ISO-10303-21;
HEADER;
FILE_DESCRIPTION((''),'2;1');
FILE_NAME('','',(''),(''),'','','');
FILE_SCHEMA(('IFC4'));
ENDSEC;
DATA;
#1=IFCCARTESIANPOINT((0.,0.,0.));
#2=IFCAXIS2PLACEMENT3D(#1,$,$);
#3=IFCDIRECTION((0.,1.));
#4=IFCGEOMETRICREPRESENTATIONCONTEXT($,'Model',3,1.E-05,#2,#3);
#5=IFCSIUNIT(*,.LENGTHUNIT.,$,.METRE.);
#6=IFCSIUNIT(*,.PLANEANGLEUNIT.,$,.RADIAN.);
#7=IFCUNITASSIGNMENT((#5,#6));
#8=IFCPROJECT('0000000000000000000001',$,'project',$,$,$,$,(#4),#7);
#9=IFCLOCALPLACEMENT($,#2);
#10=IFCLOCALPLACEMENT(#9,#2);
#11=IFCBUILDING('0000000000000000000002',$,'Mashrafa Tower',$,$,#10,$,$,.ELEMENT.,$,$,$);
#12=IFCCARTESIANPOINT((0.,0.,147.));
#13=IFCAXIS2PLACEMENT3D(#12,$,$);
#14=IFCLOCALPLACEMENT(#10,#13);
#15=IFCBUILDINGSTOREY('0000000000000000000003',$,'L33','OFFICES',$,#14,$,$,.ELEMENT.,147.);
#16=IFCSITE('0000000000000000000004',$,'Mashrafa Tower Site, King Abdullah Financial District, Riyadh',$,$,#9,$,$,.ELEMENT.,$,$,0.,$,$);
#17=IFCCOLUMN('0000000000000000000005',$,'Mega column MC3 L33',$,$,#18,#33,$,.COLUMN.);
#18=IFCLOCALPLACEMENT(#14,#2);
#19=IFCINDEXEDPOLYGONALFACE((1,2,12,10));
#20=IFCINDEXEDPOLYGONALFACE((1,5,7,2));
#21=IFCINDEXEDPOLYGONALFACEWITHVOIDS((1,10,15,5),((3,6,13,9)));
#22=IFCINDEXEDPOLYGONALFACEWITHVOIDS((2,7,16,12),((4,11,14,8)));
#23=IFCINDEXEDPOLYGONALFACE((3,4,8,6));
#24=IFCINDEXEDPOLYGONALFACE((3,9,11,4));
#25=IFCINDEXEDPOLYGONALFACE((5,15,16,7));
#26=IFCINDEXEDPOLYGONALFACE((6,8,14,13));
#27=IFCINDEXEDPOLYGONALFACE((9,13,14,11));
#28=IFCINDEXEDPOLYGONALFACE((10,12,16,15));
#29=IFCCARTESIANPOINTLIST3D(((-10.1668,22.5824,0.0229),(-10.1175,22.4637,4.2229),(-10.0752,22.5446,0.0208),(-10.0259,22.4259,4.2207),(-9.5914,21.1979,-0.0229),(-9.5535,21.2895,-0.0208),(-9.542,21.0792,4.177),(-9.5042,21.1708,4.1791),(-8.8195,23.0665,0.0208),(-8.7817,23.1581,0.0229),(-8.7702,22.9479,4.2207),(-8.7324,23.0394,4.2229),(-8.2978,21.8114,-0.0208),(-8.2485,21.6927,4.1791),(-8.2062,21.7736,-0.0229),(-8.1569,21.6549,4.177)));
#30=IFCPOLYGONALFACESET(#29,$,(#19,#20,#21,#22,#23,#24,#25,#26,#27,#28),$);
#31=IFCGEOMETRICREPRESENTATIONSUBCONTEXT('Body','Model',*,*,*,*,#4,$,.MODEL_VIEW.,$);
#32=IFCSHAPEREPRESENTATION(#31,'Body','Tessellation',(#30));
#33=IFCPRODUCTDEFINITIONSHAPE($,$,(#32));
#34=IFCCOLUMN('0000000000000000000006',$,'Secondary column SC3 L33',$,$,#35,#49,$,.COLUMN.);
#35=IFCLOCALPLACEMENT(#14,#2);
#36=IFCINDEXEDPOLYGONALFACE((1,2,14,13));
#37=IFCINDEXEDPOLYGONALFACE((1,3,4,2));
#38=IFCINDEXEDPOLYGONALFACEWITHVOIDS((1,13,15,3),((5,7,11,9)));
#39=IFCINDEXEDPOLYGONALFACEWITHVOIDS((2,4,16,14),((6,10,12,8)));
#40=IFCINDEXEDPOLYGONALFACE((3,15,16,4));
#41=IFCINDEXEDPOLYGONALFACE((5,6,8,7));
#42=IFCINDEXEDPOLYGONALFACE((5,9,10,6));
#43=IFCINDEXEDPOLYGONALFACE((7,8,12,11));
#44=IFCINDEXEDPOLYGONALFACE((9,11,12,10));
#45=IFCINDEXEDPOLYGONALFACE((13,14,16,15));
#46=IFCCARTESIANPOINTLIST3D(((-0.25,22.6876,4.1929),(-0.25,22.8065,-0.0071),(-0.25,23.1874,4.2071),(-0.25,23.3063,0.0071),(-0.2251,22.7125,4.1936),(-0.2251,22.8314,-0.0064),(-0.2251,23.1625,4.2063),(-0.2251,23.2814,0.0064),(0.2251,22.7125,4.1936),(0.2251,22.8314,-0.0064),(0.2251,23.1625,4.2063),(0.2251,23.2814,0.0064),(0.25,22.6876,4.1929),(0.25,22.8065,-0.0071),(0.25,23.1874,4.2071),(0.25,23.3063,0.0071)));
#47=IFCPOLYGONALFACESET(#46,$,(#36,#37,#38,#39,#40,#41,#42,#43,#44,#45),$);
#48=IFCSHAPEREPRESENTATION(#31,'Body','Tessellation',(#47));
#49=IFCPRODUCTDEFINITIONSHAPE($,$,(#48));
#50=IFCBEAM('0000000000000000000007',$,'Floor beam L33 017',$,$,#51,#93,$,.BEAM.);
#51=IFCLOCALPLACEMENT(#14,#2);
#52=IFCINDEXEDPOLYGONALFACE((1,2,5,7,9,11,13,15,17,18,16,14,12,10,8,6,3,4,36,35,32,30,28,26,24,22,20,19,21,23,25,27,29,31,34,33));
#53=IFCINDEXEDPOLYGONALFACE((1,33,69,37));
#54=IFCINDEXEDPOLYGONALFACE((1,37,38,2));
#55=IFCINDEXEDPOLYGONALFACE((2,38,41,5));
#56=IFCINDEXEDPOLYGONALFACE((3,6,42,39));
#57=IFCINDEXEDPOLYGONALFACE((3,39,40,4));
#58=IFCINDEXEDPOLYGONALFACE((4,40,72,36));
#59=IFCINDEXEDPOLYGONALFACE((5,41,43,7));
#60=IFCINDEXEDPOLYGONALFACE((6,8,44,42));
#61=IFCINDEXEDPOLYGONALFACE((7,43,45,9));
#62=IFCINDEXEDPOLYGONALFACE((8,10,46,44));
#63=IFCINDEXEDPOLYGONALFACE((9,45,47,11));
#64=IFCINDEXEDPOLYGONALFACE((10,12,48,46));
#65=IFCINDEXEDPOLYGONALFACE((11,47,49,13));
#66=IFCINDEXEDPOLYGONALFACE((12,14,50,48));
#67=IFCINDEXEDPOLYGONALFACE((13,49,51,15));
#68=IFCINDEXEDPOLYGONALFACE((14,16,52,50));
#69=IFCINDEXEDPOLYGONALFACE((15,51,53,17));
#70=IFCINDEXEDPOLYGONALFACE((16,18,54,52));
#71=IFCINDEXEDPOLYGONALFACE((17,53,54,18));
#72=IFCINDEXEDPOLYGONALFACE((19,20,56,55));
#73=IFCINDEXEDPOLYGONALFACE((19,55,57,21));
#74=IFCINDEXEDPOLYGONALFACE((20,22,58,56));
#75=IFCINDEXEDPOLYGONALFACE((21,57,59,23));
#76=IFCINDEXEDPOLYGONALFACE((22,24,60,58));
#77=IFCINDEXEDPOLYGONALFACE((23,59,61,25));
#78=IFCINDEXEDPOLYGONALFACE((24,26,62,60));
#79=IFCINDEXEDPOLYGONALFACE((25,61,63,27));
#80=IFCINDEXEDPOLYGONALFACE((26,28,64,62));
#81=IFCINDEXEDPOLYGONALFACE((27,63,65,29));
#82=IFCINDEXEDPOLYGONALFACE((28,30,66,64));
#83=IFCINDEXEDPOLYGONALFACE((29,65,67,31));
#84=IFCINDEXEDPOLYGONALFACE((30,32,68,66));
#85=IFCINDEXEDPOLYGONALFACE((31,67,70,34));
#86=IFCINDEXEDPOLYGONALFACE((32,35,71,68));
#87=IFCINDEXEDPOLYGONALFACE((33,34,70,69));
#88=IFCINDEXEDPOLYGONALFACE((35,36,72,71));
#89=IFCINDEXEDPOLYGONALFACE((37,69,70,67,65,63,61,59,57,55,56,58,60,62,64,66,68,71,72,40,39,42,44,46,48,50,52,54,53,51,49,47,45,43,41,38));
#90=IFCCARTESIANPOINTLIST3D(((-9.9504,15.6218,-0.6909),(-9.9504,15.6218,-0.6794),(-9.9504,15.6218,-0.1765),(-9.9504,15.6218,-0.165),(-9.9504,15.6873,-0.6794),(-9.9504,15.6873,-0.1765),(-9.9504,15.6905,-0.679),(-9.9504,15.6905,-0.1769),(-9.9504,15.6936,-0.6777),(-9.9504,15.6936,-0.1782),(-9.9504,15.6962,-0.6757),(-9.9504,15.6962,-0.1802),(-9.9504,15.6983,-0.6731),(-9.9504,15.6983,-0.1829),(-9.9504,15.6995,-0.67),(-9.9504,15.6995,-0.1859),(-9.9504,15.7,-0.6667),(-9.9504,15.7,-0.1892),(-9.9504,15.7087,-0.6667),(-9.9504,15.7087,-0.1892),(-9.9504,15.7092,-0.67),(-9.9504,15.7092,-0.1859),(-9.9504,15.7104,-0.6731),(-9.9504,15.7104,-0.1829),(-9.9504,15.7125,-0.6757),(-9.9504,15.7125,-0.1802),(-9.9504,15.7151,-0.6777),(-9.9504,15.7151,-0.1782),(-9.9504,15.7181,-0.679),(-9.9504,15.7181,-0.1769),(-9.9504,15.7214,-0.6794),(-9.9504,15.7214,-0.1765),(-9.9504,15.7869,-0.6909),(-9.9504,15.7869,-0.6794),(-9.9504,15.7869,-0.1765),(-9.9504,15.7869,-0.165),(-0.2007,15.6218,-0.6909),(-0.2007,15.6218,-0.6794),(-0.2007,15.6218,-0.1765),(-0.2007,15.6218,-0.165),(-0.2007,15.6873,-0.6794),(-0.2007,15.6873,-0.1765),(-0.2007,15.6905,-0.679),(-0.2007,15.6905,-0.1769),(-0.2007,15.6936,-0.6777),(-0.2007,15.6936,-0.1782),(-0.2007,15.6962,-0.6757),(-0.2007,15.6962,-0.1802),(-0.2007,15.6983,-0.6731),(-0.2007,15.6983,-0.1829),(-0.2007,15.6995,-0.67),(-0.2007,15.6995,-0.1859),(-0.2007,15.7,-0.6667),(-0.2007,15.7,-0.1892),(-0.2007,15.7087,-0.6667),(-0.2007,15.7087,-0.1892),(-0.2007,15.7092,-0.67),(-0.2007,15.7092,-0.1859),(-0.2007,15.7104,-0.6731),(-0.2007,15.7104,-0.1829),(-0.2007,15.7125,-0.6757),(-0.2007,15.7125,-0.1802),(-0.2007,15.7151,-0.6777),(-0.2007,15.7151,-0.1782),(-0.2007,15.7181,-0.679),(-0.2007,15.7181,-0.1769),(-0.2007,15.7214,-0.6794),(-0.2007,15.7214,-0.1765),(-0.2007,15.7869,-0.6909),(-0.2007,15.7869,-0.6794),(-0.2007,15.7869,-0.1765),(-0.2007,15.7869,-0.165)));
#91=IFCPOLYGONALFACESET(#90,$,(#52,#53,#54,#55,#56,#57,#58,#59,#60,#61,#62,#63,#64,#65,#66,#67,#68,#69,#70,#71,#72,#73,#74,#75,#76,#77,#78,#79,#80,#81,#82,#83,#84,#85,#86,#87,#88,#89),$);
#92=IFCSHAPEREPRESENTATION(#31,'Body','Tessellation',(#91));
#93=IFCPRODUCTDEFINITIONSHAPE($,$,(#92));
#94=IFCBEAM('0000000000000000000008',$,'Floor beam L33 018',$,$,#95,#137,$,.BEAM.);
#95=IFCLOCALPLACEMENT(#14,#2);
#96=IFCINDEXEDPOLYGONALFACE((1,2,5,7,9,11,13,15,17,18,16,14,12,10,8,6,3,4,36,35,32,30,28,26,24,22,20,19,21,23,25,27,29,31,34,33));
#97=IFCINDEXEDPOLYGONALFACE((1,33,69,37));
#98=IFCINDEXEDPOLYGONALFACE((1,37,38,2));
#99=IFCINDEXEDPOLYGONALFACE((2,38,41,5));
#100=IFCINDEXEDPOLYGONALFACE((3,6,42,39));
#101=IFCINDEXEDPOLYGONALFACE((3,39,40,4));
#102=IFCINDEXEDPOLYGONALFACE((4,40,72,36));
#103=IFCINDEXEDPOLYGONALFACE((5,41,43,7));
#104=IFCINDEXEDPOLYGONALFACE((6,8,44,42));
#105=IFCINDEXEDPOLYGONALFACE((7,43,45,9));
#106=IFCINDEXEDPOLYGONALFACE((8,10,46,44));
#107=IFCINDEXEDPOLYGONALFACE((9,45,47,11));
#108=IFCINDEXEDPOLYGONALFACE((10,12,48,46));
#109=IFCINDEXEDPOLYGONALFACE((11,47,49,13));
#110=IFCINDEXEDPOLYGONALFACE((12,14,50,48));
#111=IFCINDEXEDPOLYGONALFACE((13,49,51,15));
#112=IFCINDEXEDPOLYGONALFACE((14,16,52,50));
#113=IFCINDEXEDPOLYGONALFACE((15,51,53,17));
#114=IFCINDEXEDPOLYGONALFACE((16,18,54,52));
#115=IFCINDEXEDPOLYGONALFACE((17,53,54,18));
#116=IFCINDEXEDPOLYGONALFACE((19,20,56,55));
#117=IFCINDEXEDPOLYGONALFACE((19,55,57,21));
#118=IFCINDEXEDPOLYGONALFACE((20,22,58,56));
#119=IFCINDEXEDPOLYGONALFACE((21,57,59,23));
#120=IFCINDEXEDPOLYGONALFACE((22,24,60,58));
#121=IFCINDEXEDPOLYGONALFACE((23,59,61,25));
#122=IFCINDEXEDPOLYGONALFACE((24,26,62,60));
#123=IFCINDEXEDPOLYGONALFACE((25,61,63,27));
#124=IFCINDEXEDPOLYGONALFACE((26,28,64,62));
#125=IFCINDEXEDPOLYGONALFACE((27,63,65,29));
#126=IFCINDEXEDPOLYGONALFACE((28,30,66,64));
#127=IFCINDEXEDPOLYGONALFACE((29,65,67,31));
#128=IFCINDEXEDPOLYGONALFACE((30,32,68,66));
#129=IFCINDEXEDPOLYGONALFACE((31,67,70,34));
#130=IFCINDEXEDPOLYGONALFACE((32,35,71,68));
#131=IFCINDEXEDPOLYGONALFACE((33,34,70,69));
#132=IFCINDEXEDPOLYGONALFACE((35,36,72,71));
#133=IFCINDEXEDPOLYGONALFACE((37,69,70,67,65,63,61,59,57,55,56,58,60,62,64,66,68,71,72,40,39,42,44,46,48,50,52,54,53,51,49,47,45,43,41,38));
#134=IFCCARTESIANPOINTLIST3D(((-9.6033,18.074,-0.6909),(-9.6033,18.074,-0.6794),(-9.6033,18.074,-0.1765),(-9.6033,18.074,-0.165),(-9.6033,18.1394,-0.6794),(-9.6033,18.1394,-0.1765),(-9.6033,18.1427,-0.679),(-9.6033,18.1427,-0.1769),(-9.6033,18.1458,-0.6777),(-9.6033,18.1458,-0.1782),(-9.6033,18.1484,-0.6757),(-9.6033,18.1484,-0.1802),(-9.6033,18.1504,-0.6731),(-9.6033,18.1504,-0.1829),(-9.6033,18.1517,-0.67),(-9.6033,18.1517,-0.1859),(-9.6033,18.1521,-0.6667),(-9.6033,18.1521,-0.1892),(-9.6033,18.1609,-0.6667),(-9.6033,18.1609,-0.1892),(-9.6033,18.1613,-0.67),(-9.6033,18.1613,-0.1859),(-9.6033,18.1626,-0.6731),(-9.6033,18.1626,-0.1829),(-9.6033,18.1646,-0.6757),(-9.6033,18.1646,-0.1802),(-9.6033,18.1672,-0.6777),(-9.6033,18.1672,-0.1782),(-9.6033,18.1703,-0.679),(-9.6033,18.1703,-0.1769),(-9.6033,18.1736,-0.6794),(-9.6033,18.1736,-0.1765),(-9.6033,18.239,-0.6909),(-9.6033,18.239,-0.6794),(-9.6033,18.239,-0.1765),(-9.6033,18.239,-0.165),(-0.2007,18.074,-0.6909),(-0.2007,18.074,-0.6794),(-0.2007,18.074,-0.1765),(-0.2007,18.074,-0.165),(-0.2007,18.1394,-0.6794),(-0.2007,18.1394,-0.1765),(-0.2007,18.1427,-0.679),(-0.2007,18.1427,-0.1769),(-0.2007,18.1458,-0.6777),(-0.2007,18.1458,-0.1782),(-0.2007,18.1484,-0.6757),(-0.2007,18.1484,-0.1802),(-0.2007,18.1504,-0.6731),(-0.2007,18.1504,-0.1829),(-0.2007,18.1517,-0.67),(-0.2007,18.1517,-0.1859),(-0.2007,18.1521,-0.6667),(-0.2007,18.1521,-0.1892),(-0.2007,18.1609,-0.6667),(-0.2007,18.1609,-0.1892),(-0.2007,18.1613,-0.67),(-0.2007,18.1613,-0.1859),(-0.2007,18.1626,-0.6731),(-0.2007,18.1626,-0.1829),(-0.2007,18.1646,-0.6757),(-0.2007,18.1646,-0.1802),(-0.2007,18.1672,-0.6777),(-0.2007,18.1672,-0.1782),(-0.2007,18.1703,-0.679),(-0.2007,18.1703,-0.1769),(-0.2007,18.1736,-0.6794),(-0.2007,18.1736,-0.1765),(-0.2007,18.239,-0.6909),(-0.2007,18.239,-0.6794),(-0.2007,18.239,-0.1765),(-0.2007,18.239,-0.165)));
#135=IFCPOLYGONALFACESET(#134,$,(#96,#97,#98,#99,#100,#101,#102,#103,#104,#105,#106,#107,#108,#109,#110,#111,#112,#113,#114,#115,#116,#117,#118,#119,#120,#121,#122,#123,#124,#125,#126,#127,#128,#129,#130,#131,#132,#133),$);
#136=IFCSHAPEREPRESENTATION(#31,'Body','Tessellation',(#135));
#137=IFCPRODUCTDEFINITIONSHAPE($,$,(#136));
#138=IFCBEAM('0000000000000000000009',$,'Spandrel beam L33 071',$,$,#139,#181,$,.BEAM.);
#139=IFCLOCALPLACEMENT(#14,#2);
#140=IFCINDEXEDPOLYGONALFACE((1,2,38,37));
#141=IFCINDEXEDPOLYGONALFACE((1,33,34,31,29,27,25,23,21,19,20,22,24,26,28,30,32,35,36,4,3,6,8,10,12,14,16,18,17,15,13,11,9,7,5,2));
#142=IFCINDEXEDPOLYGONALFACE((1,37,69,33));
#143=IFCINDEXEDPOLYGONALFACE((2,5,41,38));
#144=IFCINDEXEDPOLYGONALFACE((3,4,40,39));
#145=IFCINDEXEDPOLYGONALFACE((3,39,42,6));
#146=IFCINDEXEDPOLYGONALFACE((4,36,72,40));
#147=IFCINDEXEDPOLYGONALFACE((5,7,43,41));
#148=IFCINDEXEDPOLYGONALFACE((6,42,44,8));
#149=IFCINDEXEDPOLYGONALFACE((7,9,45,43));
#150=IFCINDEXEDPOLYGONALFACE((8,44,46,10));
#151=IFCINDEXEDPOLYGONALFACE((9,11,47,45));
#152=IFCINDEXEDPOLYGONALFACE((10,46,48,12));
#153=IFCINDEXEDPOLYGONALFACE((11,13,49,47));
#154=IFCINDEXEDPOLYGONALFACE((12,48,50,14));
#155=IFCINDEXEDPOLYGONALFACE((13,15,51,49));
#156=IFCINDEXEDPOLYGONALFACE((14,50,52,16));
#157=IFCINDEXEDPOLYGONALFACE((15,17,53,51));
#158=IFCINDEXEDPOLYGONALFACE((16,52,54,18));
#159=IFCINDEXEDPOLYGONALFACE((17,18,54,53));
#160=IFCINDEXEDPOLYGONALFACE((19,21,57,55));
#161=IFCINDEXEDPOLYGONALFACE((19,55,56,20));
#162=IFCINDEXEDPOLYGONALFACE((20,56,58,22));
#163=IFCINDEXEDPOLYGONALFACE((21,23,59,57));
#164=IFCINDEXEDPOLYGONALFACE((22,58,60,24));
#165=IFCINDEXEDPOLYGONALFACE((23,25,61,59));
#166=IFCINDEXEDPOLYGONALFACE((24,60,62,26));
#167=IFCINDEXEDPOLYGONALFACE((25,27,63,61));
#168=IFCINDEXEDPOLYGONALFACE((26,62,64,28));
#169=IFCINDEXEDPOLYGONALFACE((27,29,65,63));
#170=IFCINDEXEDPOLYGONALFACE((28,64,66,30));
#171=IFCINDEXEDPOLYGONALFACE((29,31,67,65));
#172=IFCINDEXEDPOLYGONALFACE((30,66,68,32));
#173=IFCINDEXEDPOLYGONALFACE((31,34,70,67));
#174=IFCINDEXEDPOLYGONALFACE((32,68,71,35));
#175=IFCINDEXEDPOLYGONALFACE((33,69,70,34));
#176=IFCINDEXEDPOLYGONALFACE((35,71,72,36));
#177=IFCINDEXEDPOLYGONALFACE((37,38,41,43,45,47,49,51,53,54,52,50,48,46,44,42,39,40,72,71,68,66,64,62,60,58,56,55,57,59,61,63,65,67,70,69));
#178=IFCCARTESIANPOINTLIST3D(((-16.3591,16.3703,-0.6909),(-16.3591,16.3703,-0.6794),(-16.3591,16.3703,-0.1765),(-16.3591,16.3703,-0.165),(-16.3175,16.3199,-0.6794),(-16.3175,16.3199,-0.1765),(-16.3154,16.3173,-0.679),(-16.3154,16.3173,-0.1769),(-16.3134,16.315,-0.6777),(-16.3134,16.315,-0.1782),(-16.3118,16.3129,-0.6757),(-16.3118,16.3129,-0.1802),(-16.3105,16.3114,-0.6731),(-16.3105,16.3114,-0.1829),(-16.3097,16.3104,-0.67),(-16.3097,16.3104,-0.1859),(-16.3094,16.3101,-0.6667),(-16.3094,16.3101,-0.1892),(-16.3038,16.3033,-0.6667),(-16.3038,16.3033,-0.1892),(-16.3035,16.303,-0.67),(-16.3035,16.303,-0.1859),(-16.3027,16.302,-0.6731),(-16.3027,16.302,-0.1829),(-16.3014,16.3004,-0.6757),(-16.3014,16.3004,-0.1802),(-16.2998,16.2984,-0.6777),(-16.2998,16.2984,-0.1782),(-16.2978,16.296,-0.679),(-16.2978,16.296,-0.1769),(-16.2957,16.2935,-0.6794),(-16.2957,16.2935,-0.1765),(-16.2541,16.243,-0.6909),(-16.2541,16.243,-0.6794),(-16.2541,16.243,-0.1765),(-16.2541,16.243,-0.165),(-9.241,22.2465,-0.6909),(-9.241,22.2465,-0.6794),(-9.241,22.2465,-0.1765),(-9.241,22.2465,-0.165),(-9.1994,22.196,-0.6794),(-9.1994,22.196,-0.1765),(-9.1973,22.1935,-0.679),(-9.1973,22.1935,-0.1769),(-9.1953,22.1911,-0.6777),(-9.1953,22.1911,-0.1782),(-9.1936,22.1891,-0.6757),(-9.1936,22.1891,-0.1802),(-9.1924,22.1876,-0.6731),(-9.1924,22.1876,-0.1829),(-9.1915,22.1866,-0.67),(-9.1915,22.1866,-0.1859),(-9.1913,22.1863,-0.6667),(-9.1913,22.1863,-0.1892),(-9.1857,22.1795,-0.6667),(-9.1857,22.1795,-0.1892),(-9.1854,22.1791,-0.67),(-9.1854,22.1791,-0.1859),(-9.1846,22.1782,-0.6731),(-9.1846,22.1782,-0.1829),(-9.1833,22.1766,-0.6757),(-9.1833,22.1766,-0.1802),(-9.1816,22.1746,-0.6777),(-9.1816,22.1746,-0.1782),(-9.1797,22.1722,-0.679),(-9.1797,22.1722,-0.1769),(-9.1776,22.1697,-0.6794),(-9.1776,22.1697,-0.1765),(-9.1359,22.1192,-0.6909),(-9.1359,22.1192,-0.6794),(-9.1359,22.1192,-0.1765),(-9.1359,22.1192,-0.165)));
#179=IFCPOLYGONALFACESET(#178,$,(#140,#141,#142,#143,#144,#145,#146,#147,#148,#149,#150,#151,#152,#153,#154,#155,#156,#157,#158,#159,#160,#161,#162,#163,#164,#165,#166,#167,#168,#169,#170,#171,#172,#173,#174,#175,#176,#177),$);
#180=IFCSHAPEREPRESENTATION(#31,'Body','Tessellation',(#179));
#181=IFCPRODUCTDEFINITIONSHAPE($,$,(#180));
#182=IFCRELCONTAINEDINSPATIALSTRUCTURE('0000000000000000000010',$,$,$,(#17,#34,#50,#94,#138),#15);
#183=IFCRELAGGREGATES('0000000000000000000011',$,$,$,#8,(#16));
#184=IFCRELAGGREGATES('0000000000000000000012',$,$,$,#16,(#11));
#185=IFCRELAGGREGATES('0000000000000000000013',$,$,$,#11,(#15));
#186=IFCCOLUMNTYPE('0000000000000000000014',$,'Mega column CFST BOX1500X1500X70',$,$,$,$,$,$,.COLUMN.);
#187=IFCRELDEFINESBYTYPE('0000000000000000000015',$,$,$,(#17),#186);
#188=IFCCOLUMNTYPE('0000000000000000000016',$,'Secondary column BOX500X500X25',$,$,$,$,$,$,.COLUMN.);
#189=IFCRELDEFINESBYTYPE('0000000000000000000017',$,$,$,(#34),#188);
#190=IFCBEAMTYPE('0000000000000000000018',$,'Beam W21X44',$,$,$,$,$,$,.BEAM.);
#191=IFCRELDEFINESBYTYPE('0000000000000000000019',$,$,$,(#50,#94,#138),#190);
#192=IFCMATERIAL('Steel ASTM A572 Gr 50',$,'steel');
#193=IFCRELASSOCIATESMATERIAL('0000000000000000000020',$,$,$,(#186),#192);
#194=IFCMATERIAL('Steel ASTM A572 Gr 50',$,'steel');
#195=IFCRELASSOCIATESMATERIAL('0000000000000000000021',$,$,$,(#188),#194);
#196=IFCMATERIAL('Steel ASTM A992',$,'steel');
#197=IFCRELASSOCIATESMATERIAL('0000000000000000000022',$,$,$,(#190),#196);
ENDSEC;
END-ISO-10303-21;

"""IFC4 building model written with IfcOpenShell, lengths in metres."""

from ifc_helpers import new_model, si_unit, direction, frame, origin, origin_2d, place, context, subcontext, project, spatial, hollow_rectangle, i_section, extrude, material, material_profile, profile_set, type_object, element, save


model = new_model("IFC4")

# Units and contexts
model_context = context("Model", 3, precision=1e-05, world=origin(), true_north=direction((0.0, 1.0)))
body_context = subcontext(model_context, "Body", "Model", "MODEL_VIEW")
ifc_project = project(units=[si_unit("LENGTHUNIT", "METRE"), si_unit("PLANEANGLEUNIT", "RADIAN")], contexts=[model_context])

# Site, building, storey
site_placement = place(None, origin())
site = spatial("IfcSite", under=ifc_project, at=site_placement, Name="Mashrafa Tower Site, King Abdullah Financial District, Riyadh", CompositionType="ELEMENT", RefElevation=0.0)
building_placement = place(site_placement, origin())
building = spatial("IfcBuilding", under=site, at=building_placement, Name="Mashrafa Tower", CompositionType="ELEMENT")
storey_placement = place(building_placement, frame((0.0, 0.0, 147.0)))
storey = spatial("IfcBuildingStorey", under=building, at=storey_placement, Name="L33", Description="OFFICES", CompositionType="ELEMENT", Elevation=147.0)

# Columns
ifc_material_1 = material(Name="Steel ASTM A572 Gr 50", Category="steel")
ifc_material_profile_1 = material_profile(ifc_material_1, hollow_rectangle(XDim=1.5, YDim=1.5, WallThickness=0.0701, at=origin_2d()), Name="BOX1500X1500X70")
ifc_profile_set_1 = profile_set([ifc_material_profile_1], Name="Steel ASTM A572 Gr 50")
column_type_1 = type_object("IfcColumnType", Name="Mega column CFST BOX1500X1500X70", PredefinedType="COLUMN", material=ifc_profile_set_1)
column_1_placement = place(storey_placement, frame((-9.1865, 22.178, 0.0), z_axis=(0.011737, -0.028238, 0.999532), x_axis=(0.923414, 0.383806, 0.0)))
element("IfcColumn", 1, at=column_1_placement, inside=storey, type_object=column_type_1, Name="Mega column MC3 L33", PredefinedType="COLUMN", context=body_context, shape_type="SweptSolid", body=[
    extrude(hollow_rectangle(XDim=1.5, YDim=1.5, WallThickness=0.0701, at=origin_2d()), origin(), (0.0, 0.0, 1.0), 4.2019),
])
ifc_material_2 = material(Name="Steel ASTM A572 Gr 50", Category="steel")
ifc_material_profile_2 = material_profile(ifc_material_2, hollow_rectangle(XDim=0.5, YDim=0.5, WallThickness=0.0249, at=origin_2d()), Name="BOX500X500X25")
ifc_profile_set_2 = profile_set([ifc_material_profile_2], Name="Steel ASTM A572 Gr 50")
column_type_2 = type_object("IfcColumnType", Name="Secondary column BOX500X500X25", PredefinedType="COLUMN", material=ifc_profile_set_2)
column_2_placement = place(storey_placement, frame((0.0, 23.0564, 0.0), z_axis=(0.0, -0.028298, 0.9996), x_axis=(1.0, 0.0, 0.0)))
element("IfcColumn", 2, at=column_2_placement, inside=storey, type_object=column_type_2, Name="Secondary column SC3 L33", PredefinedType="COLUMN", context=body_context, shape_type="SweptSolid", body=[
    extrude(hollow_rectangle(XDim=0.5, YDim=0.5, WallThickness=0.0249, at=origin_2d()), origin(), (0.0, 0.0, 1.0), 4.2017),
])

# Beams
ifc_material_3 = material(Name="Steel ASTM A992", Category="steel")
ifc_material_profile_3 = material_profile(ifc_material_3, i_section(OverallWidth=0.165, OverallDepth=0.5259, WebThickness=0.0088, FlangeThickness=0.0115, FilletRadius=0.0127, at=origin_2d()), Name="W21X44")
ifc_profile_set_3 = profile_set([ifc_material_profile_3], Name="Steel ASTM A992")
beam_type_1 = type_object("IfcBeamType", Name="Beam W21X44", PredefinedType="BEAM", material=ifc_profile_set_3)
beam_1_placement = place(storey_placement, frame((-9.9504, 15.7043, -0.428), z_axis=(1.0, 0.0, 0.0), x_axis=(0.0, 1.0, 0.0)))
element("IfcBeam", 3, at=beam_1_placement, inside=storey, type_object=beam_type_1, Name="Floor beam L33 017", PredefinedType="BEAM", context=body_context, shape_type="SweptSolid", body=[
    extrude(i_section(OverallWidth=0.165, OverallDepth=0.5259, WebThickness=0.0088, FlangeThickness=0.0115, FilletRadius=0.0127, at=origin_2d()), origin(), (0.0, 0.0, 1.0), 9.7498),
])
beam_2_placement = place(storey_placement, frame((-9.6033, 18.1565, -0.428), z_axis=(1.0, 0.0, 0.0), x_axis=(0.0, 1.0, 0.0)))
element("IfcBeam", 4, at=beam_2_placement, inside=storey, type_object=beam_type_1, Name="Floor beam L33 018", PredefinedType="BEAM", context=body_context, shape_type="SweptSolid", body=[
    extrude(i_section(OverallWidth=0.165, OverallDepth=0.5259, WebThickness=0.0088, FlangeThickness=0.0115, FilletRadius=0.0127, at=origin_2d()), origin(), (0.0, 0.0, 1.0), 9.4026),
])
beam_3_placement = place(storey_placement, frame((-9.1885, 22.1829, -0.428), z_axis=(-0.771175, -0.636624, 0.0), x_axis=(0.636624, -0.771175, 0.0)))
element("IfcBeam", 5, at=beam_3_placement, inside=storey, type_object=beam_type_1, Name="Spandrel beam L33 071", PredefinedType="BEAM", context=body_context, shape_type="SweptSolid", body=[
    extrude(i_section(OverallWidth=0.165, OverallDepth=0.5259, WebThickness=0.0088, FlangeThickness=0.0115, FilletRadius=0.0127, at=origin_2d()), origin(), (0.0, 0.0, 1.0), 9.2302),
])

save(model, "model.ifc")
